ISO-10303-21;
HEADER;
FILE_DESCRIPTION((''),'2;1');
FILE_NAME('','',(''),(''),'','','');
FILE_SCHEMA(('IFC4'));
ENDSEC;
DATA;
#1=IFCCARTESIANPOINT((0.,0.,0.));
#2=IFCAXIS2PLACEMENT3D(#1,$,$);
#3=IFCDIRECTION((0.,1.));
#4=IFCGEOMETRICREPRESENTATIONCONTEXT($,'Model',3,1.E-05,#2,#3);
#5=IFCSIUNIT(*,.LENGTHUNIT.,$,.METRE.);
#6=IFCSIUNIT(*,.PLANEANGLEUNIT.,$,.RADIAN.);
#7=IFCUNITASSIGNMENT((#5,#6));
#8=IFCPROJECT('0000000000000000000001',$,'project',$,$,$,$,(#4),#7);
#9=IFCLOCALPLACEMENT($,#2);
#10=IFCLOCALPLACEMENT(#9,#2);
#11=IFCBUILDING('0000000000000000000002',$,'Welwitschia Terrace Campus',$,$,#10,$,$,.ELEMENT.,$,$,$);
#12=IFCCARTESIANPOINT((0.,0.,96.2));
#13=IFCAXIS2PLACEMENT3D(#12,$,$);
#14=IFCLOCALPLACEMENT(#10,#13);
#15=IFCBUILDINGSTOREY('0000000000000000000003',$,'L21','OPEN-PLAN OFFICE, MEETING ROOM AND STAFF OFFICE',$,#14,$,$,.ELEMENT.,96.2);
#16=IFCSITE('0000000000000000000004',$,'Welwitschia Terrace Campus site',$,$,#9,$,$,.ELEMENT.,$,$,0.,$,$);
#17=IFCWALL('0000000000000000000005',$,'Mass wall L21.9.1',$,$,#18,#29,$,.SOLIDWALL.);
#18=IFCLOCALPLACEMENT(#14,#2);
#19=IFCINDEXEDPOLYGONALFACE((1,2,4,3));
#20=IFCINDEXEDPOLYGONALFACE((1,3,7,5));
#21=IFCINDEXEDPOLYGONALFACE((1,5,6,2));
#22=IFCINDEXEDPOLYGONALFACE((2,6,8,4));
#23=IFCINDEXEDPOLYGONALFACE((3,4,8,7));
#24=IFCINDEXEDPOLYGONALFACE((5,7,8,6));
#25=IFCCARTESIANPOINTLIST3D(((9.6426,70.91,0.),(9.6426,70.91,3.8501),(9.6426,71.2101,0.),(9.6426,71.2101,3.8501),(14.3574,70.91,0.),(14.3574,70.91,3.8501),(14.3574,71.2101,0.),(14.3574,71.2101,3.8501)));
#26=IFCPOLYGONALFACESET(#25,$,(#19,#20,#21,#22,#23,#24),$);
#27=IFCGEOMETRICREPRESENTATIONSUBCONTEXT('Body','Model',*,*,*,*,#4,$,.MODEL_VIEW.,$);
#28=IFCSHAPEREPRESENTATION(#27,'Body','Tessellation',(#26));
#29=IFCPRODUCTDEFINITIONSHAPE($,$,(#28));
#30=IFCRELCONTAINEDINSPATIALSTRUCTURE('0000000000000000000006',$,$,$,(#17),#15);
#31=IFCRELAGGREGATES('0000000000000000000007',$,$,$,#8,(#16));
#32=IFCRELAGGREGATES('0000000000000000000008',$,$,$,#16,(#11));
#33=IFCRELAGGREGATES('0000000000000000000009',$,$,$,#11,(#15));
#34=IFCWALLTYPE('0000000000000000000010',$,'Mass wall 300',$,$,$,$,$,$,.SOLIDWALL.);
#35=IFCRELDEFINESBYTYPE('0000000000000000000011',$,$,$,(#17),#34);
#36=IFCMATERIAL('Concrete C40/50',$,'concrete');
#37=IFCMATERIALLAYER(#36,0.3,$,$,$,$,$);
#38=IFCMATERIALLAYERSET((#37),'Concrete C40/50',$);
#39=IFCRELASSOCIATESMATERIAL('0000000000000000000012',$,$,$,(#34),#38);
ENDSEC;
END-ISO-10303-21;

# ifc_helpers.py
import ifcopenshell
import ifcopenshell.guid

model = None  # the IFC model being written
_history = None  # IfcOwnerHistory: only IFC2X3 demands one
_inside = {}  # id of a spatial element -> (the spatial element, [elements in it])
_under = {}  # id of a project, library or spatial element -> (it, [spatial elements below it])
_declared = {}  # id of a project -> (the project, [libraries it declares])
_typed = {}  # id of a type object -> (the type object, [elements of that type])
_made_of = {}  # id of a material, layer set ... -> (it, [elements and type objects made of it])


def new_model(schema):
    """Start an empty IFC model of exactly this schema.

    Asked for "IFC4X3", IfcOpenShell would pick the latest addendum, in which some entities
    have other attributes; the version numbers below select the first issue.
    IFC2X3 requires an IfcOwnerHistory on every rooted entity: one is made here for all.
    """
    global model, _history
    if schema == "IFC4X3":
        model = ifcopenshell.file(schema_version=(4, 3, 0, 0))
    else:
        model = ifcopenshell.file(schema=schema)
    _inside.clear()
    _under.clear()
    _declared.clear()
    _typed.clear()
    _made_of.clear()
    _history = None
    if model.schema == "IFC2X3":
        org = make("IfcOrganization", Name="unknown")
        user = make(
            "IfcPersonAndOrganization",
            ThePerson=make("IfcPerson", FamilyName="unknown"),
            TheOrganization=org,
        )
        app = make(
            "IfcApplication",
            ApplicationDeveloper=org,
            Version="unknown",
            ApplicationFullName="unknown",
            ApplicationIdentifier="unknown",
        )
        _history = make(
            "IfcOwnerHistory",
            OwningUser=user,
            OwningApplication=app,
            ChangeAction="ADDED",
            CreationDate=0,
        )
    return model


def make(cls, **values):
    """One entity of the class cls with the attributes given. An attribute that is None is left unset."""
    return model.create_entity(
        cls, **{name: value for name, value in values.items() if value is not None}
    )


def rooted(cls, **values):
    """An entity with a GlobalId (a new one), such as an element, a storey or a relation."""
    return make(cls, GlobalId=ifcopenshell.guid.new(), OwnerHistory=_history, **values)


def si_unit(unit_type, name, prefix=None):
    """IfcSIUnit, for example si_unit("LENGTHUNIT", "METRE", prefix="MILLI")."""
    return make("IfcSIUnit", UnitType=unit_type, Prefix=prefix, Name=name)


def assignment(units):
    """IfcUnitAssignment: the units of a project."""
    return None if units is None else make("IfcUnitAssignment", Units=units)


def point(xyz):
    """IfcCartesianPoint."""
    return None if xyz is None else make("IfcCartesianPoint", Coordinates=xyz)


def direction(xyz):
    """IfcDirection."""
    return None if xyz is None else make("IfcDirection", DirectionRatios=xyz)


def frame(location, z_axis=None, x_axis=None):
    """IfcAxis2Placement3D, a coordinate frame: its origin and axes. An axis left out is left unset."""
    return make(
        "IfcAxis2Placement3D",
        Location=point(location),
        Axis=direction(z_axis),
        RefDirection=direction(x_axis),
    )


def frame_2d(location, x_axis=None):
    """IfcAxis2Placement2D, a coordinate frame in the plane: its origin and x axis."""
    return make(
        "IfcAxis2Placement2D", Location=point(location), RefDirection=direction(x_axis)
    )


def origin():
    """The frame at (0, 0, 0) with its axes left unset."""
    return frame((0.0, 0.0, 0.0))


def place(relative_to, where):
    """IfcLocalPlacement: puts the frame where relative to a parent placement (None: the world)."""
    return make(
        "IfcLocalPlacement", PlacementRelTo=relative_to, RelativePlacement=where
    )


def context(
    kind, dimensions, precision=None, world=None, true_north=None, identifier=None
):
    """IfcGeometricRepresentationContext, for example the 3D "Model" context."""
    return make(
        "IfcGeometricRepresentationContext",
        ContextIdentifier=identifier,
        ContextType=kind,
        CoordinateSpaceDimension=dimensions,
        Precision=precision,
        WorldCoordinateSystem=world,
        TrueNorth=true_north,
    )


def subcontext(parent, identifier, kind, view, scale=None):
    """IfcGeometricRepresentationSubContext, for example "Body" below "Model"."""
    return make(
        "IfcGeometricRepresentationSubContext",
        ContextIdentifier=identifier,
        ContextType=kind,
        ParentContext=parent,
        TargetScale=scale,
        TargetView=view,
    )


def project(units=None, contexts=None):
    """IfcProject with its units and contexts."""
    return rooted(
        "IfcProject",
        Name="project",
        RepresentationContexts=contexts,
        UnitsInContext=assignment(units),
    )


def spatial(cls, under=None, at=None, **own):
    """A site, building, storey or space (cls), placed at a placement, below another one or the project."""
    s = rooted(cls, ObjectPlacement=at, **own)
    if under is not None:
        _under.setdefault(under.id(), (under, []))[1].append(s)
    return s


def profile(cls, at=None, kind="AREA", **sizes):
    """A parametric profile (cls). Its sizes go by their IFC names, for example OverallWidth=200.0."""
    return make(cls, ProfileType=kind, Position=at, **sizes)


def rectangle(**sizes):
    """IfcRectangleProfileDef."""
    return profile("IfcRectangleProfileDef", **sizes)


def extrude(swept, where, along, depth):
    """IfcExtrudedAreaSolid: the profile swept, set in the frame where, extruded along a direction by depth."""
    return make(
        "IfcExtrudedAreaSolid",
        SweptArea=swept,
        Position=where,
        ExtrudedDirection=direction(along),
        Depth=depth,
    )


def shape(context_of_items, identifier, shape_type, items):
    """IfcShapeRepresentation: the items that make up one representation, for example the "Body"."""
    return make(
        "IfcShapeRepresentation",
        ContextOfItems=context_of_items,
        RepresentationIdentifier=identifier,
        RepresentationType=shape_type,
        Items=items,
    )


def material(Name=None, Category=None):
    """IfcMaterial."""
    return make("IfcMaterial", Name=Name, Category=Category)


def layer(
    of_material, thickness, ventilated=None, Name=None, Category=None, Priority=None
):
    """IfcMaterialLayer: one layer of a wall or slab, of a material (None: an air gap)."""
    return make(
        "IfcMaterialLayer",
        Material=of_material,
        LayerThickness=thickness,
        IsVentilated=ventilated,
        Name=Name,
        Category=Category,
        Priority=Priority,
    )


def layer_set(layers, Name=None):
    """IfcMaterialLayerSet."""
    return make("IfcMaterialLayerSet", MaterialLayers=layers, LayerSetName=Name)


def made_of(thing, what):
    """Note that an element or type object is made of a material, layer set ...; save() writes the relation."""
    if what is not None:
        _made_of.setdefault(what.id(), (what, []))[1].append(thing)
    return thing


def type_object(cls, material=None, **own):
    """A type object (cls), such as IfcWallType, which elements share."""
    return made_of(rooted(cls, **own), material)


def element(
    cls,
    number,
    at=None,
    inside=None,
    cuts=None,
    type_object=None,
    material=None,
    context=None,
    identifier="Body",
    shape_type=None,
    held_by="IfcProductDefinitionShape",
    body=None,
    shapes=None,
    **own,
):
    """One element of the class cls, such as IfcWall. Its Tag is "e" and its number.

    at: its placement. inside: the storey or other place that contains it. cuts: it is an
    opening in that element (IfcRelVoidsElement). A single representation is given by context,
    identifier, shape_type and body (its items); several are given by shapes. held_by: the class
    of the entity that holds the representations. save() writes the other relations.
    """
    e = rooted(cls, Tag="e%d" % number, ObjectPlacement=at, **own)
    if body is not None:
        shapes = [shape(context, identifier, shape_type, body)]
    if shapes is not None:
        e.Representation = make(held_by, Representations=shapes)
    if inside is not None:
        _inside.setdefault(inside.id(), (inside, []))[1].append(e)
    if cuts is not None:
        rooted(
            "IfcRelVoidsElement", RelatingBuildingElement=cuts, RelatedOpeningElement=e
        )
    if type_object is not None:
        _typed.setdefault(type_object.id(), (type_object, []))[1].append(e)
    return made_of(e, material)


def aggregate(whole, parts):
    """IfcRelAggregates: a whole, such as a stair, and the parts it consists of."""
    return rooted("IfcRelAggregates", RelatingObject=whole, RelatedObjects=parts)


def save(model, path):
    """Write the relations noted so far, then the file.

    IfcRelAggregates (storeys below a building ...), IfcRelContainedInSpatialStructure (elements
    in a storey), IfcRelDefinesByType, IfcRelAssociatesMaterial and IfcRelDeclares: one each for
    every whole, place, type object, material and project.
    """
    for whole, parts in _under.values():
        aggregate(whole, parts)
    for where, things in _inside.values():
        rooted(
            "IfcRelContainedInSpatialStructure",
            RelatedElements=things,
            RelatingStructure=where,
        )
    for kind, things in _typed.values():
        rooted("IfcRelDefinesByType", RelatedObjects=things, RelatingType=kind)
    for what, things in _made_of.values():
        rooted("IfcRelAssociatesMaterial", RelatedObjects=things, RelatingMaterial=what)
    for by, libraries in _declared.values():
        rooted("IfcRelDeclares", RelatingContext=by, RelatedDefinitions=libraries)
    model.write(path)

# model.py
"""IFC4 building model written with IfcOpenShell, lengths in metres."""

from ifc_helpers import new_model, si_unit, direction, frame, frame_2d, origin, place, context, subcontext, project, spatial, rectangle, extrude, material, layer, layer_set, type_object, element, save


model = new_model("IFC4")

# Units and contexts
model_context = context("Model", 3, precision=1e-05, world=origin(), true_north=direction((0.0, 1.0)))
body_context = subcontext(model_context, "Body", "Model", "MODEL_VIEW")
ifc_project = project(units=[si_unit("LENGTHUNIT", "METRE"), si_unit("PLANEANGLEUNIT", "RADIAN")], contexts=[model_context])

# Site, building, storey
site_placement = place(None, origin())
site = spatial("IfcSite", under=ifc_project, at=site_placement, Name="Welwitschia Terrace Campus site", CompositionType="ELEMENT", RefElevation=0.0)
building_placement = place(site_placement, origin())
building = spatial("IfcBuilding", under=site, at=building_placement, Name="Welwitschia Terrace Campus", CompositionType="ELEMENT")
storey_placement = place(building_placement, frame((0.0, 0.0, 96.2)))
storey = spatial("IfcBuildingStorey", under=building, at=storey_placement, Name="L21", Description="OPEN-PLAN OFFICE, MEETING ROOM AND STAFF OFFICE", CompositionType="ELEMENT", Elevation=96.2)

# Wall
ifc_material_1 = material(Name="Concrete C40/50", Category="concrete")
ifc_layer_1 = layer(ifc_material_1, 0.3)
ifc_layer_set_1 = layer_set([ifc_layer_1], Name="Concrete C40/50")
wall_type = type_object("IfcWallType", Name="Mass wall 300", PredefinedType="SOLIDWALL", material=ifc_layer_set_1)
wall_1_placement = place(storey_placement, frame((14.3574, 71.0601, 0.0), z_axis=(0.0, 0.0, 1.0), x_axis=(-1.0, 0.0, 0.0)))
element("IfcWall", 1, at=wall_1_placement, inside=storey, type_object=wall_type, Name="Mass wall L21.9.1", PredefinedType="SOLIDWALL", context=body_context, shape_type="SweptSolid", body=[
    extrude(rectangle(XDim=4.7148, YDim=0.3, at=frame_2d((2.3574, 0.0))), origin(), (0.0, 0.0, 1.0), 3.8501),
])

save(model, "model.ifc")
